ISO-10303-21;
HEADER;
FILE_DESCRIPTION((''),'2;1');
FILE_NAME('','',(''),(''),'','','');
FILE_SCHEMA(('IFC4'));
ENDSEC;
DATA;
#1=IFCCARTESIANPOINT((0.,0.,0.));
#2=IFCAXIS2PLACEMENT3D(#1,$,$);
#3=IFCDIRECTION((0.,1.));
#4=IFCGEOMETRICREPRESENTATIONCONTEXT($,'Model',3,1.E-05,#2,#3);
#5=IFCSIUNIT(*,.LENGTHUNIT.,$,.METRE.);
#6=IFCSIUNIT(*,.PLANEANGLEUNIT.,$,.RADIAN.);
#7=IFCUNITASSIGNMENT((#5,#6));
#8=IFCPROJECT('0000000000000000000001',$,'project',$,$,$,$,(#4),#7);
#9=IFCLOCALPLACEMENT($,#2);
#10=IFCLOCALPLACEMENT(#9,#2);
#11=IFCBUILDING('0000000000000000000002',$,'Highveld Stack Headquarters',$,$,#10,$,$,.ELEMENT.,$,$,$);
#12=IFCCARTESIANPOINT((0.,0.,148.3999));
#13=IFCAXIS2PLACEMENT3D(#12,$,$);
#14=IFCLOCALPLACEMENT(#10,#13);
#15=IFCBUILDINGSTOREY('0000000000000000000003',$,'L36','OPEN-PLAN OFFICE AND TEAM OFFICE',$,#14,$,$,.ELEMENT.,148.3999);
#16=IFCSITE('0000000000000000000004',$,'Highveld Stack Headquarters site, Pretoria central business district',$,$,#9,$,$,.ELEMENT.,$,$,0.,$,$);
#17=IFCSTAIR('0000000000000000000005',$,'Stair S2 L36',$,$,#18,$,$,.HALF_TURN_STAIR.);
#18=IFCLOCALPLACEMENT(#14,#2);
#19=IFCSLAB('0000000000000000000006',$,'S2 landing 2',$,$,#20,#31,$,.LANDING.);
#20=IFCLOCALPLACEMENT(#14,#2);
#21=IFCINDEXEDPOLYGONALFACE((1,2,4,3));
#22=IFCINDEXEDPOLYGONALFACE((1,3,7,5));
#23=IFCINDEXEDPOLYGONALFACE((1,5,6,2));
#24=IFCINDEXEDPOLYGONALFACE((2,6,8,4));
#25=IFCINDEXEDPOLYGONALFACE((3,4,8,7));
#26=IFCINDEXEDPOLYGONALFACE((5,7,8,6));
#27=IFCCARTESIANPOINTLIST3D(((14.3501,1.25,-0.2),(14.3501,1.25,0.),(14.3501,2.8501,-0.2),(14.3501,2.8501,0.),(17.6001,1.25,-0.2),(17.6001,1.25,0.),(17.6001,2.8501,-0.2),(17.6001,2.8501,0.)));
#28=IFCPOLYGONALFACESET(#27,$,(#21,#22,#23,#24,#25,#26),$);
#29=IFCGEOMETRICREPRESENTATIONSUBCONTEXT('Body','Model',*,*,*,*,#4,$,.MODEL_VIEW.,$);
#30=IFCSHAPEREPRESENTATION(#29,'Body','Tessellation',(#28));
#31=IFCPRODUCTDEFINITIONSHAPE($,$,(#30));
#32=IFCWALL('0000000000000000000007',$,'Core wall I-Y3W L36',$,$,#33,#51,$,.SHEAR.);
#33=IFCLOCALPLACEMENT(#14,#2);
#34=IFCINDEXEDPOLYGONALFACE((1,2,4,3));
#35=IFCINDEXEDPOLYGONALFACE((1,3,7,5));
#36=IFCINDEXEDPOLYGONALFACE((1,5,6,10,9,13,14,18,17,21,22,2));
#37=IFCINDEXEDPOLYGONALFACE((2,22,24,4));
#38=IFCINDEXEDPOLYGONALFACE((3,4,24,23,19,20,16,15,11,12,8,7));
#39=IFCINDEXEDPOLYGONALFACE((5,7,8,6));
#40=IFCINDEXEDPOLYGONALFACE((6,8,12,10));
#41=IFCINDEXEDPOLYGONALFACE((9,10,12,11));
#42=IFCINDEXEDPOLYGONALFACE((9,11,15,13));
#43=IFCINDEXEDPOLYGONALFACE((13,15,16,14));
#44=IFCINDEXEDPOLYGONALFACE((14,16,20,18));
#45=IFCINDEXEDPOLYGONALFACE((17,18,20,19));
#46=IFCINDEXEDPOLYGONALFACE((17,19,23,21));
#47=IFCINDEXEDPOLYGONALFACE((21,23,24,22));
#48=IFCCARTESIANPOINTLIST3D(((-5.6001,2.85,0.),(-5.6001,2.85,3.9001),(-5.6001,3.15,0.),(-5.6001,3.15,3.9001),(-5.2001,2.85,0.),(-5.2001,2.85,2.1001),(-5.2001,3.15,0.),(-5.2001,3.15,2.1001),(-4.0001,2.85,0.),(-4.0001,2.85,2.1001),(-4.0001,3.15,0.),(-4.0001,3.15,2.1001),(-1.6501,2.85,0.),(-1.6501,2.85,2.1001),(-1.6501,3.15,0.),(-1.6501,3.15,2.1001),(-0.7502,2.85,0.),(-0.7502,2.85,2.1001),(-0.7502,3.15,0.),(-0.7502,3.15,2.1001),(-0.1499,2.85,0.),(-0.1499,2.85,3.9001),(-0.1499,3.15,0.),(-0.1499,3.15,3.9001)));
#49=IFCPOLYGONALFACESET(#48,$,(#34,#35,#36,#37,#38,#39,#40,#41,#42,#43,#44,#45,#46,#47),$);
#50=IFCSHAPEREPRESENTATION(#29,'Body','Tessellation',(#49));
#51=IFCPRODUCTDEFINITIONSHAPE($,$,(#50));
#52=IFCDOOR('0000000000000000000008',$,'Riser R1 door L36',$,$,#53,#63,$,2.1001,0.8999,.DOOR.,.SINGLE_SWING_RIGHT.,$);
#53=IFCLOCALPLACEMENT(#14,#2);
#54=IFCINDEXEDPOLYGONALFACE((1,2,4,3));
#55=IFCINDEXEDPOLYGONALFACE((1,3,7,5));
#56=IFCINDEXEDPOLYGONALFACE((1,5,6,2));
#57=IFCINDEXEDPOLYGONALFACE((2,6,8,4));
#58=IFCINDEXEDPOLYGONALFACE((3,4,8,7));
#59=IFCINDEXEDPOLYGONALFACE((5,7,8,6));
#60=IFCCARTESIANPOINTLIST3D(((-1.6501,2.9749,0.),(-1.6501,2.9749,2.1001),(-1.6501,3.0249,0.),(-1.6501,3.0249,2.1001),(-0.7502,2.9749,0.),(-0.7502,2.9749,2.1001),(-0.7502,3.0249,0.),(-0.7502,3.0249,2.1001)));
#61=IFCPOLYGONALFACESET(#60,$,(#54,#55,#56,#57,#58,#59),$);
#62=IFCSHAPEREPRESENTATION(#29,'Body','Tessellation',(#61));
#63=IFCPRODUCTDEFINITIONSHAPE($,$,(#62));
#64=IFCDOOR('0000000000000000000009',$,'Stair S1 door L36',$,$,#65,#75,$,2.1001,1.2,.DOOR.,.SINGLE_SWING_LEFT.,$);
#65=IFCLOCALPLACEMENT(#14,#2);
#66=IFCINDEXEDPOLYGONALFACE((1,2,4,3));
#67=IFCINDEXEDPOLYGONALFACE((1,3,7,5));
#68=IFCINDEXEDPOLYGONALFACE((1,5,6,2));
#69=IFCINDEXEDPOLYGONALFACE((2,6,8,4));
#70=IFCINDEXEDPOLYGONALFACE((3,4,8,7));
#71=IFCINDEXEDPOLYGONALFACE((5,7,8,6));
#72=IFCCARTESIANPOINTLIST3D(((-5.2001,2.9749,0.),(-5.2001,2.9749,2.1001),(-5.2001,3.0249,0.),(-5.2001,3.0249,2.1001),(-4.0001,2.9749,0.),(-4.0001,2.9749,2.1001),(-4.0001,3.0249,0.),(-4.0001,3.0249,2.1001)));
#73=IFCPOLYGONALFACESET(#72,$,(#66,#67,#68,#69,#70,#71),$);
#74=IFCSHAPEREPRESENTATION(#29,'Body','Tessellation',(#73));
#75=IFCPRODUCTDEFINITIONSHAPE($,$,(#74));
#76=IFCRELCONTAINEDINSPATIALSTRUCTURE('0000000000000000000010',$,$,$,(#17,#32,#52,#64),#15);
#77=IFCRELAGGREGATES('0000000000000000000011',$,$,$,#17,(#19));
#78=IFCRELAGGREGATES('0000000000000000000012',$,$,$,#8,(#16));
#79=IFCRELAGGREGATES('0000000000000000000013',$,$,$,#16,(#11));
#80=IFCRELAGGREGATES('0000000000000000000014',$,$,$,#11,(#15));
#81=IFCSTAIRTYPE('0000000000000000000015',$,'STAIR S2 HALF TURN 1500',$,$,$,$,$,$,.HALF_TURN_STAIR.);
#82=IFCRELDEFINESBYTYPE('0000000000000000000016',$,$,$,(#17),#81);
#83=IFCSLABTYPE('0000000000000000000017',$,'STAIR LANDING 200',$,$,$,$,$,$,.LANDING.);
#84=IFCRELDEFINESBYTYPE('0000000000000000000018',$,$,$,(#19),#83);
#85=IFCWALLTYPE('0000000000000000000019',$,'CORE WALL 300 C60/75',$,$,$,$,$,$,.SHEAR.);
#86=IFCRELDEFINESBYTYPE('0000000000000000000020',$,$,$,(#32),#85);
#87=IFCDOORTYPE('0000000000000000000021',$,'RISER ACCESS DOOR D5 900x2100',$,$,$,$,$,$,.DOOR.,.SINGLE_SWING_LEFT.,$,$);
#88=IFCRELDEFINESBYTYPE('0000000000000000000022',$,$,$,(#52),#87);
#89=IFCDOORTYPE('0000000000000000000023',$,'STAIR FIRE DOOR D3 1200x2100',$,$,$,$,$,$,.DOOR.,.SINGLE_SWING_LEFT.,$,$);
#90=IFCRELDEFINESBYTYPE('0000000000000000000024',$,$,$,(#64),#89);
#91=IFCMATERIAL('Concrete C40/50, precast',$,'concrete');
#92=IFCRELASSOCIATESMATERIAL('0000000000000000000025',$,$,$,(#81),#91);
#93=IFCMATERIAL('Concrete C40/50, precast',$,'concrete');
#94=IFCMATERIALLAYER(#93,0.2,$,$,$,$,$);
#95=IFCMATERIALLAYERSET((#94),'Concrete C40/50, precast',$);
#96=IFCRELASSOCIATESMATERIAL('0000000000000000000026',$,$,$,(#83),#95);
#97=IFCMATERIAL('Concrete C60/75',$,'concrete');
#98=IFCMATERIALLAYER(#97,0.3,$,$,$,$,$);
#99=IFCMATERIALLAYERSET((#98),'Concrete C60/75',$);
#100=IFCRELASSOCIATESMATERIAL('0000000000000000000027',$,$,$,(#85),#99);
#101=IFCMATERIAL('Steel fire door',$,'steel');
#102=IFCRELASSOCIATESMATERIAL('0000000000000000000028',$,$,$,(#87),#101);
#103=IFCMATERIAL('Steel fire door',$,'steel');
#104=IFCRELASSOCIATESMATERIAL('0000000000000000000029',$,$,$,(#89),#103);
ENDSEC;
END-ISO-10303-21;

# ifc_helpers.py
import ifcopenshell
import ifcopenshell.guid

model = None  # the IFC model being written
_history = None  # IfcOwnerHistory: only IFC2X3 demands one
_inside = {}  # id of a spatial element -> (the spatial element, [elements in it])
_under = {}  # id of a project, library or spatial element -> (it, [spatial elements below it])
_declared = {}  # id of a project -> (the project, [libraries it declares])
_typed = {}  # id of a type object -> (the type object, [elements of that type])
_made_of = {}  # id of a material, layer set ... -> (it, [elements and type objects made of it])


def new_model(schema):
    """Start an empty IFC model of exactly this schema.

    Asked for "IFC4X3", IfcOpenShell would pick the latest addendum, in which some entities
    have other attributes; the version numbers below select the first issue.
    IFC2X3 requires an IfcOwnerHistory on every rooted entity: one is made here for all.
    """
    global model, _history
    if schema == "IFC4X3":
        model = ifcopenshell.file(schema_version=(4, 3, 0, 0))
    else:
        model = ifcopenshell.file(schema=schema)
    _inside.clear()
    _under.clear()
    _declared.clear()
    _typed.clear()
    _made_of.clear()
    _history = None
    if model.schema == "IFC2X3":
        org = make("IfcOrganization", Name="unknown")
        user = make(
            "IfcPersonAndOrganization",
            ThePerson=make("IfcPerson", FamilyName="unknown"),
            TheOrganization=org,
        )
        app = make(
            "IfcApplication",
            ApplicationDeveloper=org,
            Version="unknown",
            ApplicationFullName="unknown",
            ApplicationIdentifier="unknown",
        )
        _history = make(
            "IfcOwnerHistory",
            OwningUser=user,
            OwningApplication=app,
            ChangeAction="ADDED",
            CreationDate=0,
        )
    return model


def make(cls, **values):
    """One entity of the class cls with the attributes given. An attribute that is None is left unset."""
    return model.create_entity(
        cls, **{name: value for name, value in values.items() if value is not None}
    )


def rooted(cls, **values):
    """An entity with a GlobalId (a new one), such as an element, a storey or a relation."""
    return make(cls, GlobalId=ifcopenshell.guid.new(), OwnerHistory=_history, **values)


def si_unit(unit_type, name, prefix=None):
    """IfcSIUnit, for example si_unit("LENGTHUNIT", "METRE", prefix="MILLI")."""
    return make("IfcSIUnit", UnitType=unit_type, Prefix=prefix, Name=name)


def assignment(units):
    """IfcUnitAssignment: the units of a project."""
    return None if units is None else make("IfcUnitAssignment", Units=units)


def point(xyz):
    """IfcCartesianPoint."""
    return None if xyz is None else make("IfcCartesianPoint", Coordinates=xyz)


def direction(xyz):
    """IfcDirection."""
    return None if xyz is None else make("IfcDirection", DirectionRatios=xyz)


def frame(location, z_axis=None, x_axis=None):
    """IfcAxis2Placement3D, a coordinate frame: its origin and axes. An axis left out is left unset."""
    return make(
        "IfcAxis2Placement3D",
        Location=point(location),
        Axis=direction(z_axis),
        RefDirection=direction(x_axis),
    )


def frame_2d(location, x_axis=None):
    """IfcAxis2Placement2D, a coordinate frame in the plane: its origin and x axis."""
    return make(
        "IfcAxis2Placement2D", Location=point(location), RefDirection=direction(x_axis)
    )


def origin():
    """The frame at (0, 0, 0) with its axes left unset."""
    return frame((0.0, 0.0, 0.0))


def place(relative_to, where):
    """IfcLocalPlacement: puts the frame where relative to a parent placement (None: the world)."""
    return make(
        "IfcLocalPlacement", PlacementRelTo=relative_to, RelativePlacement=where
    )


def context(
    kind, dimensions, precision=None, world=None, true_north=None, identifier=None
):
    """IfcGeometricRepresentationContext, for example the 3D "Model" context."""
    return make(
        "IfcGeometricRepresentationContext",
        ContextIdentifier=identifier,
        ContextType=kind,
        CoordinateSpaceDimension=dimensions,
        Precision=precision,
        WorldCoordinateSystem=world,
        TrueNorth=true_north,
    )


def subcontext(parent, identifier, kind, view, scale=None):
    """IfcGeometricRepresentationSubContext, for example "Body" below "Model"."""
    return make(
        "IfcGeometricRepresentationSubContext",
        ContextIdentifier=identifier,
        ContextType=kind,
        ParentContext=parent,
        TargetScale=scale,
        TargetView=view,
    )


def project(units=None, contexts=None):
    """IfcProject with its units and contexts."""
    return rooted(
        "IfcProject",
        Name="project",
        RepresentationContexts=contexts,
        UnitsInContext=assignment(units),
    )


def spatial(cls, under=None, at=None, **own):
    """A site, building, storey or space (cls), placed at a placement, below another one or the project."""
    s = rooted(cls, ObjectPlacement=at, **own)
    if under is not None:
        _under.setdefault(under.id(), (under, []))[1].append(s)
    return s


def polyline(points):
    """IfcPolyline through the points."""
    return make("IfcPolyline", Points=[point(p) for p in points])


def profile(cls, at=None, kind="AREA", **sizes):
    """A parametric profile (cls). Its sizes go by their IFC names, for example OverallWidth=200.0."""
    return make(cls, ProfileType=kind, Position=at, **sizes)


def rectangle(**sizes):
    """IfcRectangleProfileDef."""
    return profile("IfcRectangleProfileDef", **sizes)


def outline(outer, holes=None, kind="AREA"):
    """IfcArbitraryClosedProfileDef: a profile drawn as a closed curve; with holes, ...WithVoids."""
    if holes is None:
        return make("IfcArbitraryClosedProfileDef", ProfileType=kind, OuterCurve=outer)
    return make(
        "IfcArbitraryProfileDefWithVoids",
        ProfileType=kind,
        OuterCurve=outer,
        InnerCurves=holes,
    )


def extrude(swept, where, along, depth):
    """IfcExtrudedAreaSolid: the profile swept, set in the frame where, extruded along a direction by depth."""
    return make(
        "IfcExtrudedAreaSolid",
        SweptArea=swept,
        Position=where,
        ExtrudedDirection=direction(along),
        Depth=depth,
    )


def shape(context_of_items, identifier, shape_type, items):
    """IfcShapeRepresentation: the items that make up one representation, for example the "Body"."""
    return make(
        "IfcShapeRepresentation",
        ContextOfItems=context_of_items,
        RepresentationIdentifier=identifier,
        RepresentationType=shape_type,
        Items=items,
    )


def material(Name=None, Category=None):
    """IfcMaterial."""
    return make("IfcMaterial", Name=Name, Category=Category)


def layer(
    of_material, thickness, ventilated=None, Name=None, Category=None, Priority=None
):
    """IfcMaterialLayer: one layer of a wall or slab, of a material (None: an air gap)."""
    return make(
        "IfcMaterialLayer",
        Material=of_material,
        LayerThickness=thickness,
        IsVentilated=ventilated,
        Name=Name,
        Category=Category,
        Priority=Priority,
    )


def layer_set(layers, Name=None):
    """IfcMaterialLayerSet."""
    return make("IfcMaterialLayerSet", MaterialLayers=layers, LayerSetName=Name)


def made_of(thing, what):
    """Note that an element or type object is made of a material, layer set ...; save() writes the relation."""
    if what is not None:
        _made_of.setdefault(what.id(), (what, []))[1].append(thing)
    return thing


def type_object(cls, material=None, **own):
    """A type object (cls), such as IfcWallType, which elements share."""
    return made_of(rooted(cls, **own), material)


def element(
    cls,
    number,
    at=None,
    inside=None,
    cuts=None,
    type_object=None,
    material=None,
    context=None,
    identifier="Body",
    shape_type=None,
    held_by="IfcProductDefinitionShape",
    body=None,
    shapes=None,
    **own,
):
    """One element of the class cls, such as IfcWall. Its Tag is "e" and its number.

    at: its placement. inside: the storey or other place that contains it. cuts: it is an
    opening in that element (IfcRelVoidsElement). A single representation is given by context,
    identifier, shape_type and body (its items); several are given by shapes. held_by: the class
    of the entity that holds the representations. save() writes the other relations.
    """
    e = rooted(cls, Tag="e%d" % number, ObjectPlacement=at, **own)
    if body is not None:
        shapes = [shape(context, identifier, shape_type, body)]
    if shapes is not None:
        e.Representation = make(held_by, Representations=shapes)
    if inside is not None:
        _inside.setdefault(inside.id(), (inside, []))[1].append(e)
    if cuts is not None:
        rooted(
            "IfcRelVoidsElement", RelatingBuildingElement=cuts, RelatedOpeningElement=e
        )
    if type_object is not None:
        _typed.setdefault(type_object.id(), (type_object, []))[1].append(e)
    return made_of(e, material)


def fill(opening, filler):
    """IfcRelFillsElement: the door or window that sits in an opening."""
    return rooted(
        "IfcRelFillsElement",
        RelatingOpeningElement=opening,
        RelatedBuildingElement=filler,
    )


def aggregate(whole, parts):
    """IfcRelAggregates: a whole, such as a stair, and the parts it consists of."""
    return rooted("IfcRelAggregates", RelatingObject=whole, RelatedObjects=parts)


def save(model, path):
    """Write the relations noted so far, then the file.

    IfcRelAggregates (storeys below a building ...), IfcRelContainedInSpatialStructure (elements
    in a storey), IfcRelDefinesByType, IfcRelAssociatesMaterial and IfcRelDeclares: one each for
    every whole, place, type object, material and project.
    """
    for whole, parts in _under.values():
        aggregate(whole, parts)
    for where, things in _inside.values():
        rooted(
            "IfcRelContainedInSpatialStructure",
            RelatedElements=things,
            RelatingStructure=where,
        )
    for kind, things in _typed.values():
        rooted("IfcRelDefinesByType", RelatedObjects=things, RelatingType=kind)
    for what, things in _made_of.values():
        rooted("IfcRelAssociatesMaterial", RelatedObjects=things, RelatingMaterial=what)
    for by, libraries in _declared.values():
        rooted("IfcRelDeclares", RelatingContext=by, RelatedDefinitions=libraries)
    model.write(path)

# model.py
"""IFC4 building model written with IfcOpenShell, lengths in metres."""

from ifc_helpers import new_model, si_unit, direction, frame, frame_2d, origin, place, context, subcontext, project, spatial, polyline, rectangle, outline, extrude, material, layer, layer_set, type_object, element, fill, aggregate, save


model = new_model("IFC4")

# Units and contexts
model_context = context("Model", 3, precision=1e-05, world=origin(), true_north=direction((0.0, 1.0)))
body_context = subcontext(model_context, "Body", "Model", "MODEL_VIEW")
ifc_project = project(units=[si_unit("LENGTHUNIT", "METRE"), si_unit("PLANEANGLEUNIT", "RADIAN")], contexts=[model_context])

# Site, building, storey
site_placement = place(None, origin())
site = spatial("IfcSite", under=ifc_project, at=site_placement, Name="Highveld Stack Headquarters site, Pretoria central business district", CompositionType="ELEMENT", RefElevation=0.0)
building_placement = place(site_placement, origin())
building = spatial("IfcBuilding", under=site, at=building_placement, Name="Highveld Stack Headquarters", CompositionType="ELEMENT")
storey_placement = place(building_placement, frame((0.0, 0.0, 148.3999)))
storey = spatial("IfcBuildingStorey", under=building, at=storey_placement, Name="L36", Description="OPEN-PLAN OFFICE AND TEAM OFFICE", CompositionType="ELEMENT", Elevation=148.3999)

# Stair, slab
ifc_material_1 = material(Name="Concrete C40/50, precast", Category="concrete")
stair_type_1 = type_object("IfcStairType", Name="STAIR S2 HALF TURN 1500", PredefinedType="HALF_TURN_STAIR", material=ifc_material_1)
stair_1_placement = place(storey_placement, origin())
stair_1 = element("IfcStair", 1, at=stair_1_placement, inside=storey, type_object=stair_type_1, Name="Stair S2 L36", PredefinedType="HALF_TURN_STAIR")
ifc_material_2 = material(Name="Concrete C40/50, precast", Category="concrete")
ifc_layer_1 = layer(ifc_material_2, 0.2)
ifc_layer_set_1 = layer_set([ifc_layer_1], Name="Concrete C40/50, precast")
slab_type = type_object("IfcSlabType", Name="STAIR LANDING 200", PredefinedType="LANDING", material=ifc_layer_set_1)
slab_placement = place(storey_placement, frame((0.0, 0.0, -0.2)))
slab = element("IfcSlab", 2, at=slab_placement, type_object=slab_type, Name="S2 landing 2", PredefinedType="LANDING", context=body_context, shape_type="SweptSolid", body=[
    extrude(outline(polyline([(14.3501, 1.25), (17.6001, 1.25), (17.6001, 2.8501), (14.3501, 2.8501), (14.3501, 1.25)])), origin(), (0.0, 0.0, 1.0), 0.2),
])
aggregate(stair_1, [slab])

# Wall, openings, doors
ifc_material_3 = material(Name="Concrete C60/75", Category="concrete")
ifc_layer_2 = layer(ifc_material_3, 0.3)
ifc_layer_set_2 = layer_set([ifc_layer_2], Name="Concrete C60/75")
wall_type_1 = type_object("IfcWallType", Name="CORE WALL 300 C60/75", PredefinedType="SHEAR", material=ifc_layer_set_2)
wall_1_placement = place(storey_placement, frame((-5.6001, 3.0, 0.0), z_axis=(0.0, 0.0, 1.0), x_axis=(1.0, 0.0, 0.0)))
wall_1 = element("IfcWall", 3, at=wall_1_placement, inside=storey, type_object=wall_type_1, Name="Core wall I-Y3W L36", PredefinedType="SHEAR", context=body_context, shape_type="SweptSolid", body=[
    extrude(rectangle(XDim=5.4502, YDim=0.3, at=frame_2d((2.7251, 0.0))), origin(), (0.0, 0.0, 1.0), 3.9001),
])
opening_1_placement = place(wall_1_placement, frame((0.3999, 0.0, 0.0)))
opening_1 = element("IfcOpeningElement", 4, at=opening_1_placement, cuts=wall_1, PredefinedType="OPENING", context=body_context, shape_type="SweptSolid", body=[
    extrude(rectangle(XDim=1.2, YDim=2.1001, at=frame_2d((0.6001, 1.05))), frame((0.0, 0.1599, 0.0), z_axis=(0.0, -1.0, 0.0), x_axis=(1.0, 0.0, 0.0)), (0.0, 0.0, 1.0), 0.3201),
])
opening_2_placement = place(wall_1_placement, frame((3.95, 0.0, 0.0)))
opening_2 = element("IfcOpeningElement", 5, at=opening_2_placement, cuts=wall_1, PredefinedType="OPENING", context=body_context, shape_type="SweptSolid", body=[
    extrude(rectangle(XDim=0.8999, YDim=2.1001, at=frame_2d((0.45, 1.05))), frame((0.0, 0.1599, 0.0), z_axis=(0.0, -1.0, 0.0), x_axis=(1.0, 0.0, 0.0)), (0.0, 0.0, 1.0), 0.3201),
])
ifc_material_4 = material(Name="Steel fire door", Category="steel")
door_type_1 = type_object("IfcDoorType", Name="RISER ACCESS DOOR D5 900x2100", OperationType="SINGLE_SWING_LEFT", PredefinedType="DOOR", material=ifc_material_4)
door_1_placement = place(opening_2_placement, origin())
door_1 = element("IfcDoor", 6, at=door_1_placement, inside=storey, type_object=door_type_1, Name="Riser R1 door L36", OperationType="SINGLE_SWING_RIGHT", OverallHeight=2.1001, OverallWidth=0.8999, PredefinedType="DOOR", context=body_context, shape_type="SweptSolid", body=[
    extrude(rectangle(XDim=0.8999, YDim=2.1001, at=frame_2d((0.45, 1.05))), frame((0.0, 0.0249, 0.0), z_axis=(0.0, -1.0, 0.0), x_axis=(1.0, 0.0, 0.0)), (0.0, 0.0, 1.0), 0.05),
])
fill(opening_2, door_1)
ifc_material_5 = material(Name="Steel fire door", Category="steel")
door_type_2 = type_object("IfcDoorType", Name="STAIR FIRE DOOR D3 1200x2100", OperationType="SINGLE_SWING_LEFT", PredefinedType="DOOR", material=ifc_material_5)
door_2_placement = place(opening_1_placement, origin())
door_2 = element("IfcDoor", 7, at=door_2_placement, inside=storey, type_object=door_type_2, Name="Stair S1 door L36", OperationType="SINGLE_SWING_LEFT", OverallHeight=2.1001, OverallWidth=1.2, PredefinedType="DOOR", context=body_context, shape_type="SweptSolid", body=[
    extrude(rectangle(XDim=1.2, YDim=2.1001, at=frame_2d((0.6001, 1.05))), frame((0.0, 0.0249, 0.0), z_axis=(0.0, -1.0, 0.0), x_axis=(1.0, 0.0, 0.0)), (0.0, 0.0, 1.0), 0.05),
])
fill(opening_1, door_2)

save(model, "model.ifc")
